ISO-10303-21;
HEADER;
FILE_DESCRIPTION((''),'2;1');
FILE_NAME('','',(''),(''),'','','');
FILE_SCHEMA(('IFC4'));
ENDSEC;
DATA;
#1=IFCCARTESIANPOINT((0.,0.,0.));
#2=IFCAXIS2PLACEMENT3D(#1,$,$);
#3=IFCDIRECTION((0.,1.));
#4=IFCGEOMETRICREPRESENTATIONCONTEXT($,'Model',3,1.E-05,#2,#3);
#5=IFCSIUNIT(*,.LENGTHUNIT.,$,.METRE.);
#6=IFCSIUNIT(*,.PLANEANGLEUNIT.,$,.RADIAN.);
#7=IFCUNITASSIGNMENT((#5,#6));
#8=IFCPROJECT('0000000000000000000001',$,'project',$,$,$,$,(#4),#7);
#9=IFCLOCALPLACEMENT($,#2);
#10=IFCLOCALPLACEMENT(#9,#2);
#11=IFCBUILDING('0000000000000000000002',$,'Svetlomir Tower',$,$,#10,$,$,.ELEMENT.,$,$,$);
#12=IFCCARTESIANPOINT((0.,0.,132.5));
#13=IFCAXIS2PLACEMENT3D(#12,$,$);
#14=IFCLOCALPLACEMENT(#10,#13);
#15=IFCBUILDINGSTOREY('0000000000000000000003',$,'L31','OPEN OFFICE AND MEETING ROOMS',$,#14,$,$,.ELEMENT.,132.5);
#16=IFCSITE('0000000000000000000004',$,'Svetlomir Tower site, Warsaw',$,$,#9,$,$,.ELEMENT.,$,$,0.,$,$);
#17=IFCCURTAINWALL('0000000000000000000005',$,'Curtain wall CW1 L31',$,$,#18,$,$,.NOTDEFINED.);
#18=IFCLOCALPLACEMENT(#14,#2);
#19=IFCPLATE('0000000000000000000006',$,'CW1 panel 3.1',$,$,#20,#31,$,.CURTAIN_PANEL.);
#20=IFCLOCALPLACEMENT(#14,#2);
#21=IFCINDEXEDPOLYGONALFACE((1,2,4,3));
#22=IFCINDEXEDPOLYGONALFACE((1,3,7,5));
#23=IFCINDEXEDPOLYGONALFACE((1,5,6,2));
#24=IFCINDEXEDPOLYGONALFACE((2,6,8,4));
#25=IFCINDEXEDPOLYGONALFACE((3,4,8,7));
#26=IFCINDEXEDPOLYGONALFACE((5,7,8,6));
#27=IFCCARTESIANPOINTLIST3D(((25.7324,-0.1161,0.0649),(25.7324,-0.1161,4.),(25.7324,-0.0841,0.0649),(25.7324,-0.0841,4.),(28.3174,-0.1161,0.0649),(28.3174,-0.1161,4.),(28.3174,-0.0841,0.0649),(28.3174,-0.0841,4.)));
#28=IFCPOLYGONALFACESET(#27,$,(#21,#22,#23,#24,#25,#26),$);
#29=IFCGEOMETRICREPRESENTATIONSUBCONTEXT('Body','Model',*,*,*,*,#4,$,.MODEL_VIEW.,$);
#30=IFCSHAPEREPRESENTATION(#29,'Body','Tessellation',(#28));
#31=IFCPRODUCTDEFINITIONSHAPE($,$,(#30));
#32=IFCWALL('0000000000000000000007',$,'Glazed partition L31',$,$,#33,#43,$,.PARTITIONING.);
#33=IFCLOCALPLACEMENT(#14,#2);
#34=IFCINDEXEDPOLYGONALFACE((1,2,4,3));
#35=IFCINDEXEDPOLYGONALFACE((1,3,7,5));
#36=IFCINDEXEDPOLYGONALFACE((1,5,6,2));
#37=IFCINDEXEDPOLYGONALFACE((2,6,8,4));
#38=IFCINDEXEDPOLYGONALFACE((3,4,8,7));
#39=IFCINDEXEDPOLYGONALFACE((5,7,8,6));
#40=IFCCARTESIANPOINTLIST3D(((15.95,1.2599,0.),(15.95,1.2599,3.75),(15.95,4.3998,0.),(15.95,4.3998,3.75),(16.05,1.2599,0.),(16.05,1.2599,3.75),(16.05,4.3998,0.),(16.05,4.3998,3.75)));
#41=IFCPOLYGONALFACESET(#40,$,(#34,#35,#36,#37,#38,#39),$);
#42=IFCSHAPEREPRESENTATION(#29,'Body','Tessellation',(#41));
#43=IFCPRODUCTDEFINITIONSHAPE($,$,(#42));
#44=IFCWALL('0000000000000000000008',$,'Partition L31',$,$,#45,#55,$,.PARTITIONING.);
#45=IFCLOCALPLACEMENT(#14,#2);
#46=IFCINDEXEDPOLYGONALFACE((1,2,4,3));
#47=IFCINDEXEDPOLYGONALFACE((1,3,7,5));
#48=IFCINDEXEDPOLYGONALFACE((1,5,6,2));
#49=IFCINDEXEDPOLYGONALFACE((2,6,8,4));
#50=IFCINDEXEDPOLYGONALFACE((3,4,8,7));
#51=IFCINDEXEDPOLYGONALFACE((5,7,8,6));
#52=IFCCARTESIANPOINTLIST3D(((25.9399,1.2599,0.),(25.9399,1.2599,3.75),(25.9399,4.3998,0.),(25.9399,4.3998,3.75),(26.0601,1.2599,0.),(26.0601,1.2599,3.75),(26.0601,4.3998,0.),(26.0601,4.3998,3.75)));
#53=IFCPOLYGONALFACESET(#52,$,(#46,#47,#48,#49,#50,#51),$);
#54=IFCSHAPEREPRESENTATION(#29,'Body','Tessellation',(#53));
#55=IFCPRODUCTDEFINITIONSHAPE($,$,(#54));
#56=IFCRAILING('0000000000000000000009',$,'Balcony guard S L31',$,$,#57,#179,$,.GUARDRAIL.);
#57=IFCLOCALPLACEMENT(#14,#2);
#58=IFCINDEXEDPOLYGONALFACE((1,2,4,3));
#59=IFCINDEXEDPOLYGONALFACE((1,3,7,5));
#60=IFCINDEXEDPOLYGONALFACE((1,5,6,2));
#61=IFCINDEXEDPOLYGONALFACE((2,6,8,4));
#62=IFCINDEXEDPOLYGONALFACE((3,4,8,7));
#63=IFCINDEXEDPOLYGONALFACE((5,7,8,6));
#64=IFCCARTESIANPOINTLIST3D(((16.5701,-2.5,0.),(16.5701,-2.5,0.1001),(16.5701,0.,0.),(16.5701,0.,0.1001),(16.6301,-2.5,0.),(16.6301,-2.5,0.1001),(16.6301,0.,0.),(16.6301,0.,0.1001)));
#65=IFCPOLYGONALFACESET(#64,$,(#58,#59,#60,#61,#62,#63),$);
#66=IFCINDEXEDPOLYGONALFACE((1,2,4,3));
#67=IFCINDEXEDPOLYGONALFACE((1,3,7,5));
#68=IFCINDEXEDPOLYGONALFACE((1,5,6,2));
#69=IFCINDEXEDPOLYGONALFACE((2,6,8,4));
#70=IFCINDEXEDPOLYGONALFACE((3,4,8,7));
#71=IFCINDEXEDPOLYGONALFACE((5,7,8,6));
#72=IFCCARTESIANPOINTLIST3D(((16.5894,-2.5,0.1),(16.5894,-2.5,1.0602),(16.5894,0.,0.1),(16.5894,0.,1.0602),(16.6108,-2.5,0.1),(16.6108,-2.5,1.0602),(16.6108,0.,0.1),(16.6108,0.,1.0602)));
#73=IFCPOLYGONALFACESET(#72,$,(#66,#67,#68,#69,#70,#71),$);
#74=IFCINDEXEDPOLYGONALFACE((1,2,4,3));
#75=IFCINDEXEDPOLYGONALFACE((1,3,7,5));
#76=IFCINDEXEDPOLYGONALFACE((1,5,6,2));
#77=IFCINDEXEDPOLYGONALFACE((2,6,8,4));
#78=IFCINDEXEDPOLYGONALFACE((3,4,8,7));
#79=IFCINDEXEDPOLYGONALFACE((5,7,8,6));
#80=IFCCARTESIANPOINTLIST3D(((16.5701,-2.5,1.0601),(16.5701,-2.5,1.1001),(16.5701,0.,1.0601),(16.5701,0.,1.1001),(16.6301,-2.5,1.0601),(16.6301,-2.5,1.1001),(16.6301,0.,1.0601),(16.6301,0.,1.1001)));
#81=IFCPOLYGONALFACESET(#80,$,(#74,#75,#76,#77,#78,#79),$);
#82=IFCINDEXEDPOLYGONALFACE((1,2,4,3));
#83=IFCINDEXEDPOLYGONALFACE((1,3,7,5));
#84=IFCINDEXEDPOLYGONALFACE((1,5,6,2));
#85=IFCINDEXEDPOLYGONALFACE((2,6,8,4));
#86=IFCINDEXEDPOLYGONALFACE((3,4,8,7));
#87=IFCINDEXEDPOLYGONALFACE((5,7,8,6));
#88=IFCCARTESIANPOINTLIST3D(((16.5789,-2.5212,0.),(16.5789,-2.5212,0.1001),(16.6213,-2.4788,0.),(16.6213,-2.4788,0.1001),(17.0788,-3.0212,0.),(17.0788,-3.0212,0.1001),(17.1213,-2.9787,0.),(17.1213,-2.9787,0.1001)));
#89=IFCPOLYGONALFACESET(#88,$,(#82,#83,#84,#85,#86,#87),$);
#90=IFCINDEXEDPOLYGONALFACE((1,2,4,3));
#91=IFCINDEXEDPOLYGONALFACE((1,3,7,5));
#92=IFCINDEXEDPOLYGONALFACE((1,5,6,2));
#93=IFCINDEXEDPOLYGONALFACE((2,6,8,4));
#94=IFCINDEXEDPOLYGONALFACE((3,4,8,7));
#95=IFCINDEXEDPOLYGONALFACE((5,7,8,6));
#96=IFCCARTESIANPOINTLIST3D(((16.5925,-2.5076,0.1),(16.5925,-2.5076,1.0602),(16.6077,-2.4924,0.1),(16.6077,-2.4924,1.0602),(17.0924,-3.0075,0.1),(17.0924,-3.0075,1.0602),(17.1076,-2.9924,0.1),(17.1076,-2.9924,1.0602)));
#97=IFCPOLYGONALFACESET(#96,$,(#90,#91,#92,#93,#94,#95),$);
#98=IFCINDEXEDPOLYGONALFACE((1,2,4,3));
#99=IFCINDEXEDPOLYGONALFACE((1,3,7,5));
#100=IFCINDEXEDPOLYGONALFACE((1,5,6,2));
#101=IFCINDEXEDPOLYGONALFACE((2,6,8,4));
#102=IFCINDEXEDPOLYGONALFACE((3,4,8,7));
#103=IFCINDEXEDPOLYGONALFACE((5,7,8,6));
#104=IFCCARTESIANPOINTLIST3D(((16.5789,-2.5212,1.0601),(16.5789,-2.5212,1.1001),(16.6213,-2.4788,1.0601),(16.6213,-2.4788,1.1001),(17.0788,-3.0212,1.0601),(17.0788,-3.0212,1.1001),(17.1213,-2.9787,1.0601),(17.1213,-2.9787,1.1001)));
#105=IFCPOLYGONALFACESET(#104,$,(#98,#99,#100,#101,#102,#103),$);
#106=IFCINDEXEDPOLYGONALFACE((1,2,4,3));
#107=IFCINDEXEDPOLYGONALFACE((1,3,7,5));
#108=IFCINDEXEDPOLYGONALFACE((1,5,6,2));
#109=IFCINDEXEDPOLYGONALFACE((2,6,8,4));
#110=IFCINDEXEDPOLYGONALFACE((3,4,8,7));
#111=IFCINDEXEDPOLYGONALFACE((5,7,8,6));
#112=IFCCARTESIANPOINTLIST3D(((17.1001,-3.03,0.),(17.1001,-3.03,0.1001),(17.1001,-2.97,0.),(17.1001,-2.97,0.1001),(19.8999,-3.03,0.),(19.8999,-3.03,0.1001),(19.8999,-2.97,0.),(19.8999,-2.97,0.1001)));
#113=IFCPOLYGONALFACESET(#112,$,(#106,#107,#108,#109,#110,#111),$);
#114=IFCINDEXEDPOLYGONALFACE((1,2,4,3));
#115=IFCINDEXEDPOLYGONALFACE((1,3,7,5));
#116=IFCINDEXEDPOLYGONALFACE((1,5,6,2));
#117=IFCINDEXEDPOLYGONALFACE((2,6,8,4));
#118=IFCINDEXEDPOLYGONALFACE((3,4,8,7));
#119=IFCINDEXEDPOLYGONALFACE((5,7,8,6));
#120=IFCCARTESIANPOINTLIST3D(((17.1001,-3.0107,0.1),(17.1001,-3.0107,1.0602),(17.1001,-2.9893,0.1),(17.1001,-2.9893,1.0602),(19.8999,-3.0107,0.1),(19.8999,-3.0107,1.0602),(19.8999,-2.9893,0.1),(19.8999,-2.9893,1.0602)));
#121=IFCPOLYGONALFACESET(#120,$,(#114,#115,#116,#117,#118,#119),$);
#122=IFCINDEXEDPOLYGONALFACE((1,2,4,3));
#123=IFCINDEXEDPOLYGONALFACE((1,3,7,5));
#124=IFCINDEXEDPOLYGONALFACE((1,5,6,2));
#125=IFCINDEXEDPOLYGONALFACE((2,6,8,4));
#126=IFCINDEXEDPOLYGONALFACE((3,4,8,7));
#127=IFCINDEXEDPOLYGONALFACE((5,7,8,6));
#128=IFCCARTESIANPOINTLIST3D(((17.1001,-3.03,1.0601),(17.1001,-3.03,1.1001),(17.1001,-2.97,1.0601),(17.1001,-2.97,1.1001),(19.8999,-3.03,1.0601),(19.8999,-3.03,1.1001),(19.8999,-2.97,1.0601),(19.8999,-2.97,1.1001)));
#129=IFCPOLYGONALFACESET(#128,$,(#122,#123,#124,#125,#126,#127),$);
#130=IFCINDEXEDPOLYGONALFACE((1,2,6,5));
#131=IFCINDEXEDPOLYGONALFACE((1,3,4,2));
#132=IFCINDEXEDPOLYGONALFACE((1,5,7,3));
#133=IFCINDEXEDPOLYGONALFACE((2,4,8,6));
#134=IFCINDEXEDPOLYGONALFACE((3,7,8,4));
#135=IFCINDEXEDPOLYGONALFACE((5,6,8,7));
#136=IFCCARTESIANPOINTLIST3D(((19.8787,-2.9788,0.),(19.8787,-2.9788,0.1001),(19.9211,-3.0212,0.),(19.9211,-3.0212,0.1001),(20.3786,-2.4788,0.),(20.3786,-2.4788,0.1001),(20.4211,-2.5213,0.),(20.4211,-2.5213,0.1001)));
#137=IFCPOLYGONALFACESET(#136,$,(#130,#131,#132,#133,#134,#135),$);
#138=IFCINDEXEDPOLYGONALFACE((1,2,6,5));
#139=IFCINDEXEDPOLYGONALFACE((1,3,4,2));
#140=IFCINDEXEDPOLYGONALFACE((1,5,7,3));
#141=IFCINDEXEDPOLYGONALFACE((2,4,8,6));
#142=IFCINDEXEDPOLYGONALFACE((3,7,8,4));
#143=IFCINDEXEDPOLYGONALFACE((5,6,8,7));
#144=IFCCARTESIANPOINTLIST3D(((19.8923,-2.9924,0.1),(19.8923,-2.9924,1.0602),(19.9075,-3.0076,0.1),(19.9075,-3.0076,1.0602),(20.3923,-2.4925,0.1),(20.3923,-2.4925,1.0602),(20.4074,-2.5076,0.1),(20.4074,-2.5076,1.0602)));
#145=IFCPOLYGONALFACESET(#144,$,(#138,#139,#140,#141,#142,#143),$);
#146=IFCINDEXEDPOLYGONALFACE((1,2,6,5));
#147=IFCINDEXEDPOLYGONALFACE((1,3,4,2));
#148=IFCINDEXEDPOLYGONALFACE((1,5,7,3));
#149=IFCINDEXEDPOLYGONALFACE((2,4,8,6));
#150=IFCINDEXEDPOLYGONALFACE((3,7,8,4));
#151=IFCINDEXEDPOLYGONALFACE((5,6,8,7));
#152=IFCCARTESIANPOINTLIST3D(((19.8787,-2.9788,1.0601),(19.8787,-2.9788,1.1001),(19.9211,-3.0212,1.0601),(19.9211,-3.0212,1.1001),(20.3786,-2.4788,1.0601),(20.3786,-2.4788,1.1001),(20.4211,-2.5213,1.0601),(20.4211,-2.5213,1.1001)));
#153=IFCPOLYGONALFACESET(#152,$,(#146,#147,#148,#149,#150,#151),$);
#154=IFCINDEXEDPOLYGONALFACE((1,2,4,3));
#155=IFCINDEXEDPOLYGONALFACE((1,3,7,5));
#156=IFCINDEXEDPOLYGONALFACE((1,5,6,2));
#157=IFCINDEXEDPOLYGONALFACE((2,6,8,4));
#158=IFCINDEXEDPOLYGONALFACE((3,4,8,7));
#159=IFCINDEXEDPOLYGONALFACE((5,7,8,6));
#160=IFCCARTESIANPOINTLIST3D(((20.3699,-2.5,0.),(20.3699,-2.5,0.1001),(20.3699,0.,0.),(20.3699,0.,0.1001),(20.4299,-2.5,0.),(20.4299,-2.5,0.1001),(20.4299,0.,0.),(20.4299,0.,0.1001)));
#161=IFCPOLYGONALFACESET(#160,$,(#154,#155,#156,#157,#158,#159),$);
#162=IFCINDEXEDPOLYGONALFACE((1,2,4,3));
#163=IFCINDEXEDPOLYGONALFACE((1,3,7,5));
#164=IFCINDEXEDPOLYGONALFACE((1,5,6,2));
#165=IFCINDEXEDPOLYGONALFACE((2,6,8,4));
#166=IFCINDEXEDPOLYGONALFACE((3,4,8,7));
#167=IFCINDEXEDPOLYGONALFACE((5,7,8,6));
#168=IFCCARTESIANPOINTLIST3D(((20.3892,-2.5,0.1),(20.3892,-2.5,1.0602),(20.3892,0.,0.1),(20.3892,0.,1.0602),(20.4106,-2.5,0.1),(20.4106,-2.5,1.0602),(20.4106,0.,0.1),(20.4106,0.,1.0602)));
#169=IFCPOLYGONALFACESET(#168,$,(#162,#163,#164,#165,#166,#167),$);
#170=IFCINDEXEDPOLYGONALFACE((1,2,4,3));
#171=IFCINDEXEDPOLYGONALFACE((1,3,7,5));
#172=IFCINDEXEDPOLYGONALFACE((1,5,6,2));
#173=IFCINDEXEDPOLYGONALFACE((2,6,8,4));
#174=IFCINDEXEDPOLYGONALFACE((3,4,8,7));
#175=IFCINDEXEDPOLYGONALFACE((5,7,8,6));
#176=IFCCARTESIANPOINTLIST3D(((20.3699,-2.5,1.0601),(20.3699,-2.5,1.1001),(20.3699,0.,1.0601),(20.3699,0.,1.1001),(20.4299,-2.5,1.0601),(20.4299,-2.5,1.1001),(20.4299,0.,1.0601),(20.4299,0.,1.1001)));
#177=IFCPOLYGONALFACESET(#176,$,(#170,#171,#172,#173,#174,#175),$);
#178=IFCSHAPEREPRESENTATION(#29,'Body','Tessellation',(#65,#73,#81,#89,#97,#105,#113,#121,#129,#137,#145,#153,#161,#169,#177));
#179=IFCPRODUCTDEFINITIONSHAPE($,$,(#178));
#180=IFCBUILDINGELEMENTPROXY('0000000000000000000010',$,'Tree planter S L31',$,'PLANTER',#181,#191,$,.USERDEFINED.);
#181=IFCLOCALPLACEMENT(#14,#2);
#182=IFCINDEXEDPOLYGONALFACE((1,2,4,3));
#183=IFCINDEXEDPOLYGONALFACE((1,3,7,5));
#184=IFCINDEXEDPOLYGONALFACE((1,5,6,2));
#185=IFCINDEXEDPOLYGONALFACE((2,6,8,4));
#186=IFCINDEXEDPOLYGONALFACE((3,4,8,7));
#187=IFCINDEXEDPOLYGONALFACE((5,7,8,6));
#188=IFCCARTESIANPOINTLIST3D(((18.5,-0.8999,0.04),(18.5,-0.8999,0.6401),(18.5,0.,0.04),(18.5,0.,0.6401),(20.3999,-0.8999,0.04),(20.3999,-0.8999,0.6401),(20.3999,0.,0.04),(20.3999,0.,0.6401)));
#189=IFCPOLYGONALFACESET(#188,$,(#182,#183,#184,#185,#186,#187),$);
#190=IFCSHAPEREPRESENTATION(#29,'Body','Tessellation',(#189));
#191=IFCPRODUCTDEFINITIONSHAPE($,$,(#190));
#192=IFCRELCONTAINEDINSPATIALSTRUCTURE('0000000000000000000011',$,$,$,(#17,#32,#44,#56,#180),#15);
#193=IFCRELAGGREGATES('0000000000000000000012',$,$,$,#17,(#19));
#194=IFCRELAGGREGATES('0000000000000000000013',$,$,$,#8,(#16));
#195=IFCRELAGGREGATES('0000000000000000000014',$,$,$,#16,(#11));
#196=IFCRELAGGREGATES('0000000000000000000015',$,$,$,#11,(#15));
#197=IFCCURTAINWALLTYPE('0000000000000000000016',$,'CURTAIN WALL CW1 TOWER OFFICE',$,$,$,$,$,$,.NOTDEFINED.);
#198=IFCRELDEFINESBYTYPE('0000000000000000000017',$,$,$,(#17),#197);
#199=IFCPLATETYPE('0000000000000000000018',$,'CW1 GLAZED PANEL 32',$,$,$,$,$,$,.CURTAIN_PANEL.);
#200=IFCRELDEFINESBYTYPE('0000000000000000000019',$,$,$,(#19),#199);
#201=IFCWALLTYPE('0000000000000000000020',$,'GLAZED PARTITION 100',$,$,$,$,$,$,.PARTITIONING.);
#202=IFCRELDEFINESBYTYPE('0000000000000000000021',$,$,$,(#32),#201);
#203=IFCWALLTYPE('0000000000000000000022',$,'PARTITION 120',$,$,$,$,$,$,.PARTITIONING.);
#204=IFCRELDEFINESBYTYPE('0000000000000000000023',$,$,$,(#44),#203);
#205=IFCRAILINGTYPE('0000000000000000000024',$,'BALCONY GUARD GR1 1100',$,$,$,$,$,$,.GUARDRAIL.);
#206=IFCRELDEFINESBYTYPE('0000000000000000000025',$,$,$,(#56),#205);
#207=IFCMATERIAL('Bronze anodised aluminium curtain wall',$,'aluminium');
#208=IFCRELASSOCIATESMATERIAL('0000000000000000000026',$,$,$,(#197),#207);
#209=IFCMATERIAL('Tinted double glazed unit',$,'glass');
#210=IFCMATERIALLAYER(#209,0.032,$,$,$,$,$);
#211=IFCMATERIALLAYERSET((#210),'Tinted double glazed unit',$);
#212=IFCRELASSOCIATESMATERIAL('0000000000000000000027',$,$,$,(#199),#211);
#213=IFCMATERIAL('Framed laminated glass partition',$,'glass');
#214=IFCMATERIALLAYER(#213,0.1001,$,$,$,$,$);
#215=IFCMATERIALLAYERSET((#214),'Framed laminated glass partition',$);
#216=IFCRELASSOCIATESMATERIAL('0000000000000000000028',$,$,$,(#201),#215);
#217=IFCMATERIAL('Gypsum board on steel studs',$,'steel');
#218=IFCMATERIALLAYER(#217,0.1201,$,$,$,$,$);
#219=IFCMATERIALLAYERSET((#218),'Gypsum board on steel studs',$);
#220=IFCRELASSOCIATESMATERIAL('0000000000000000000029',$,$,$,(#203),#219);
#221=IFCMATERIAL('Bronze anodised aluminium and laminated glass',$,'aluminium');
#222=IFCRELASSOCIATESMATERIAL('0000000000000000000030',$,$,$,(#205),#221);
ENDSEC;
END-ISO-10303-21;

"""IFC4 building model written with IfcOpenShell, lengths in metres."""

from ifc_helpers import new_model, si_unit, direction, frame, frame_2d, origin, origin_2d, place, context, subcontext, project, spatial, rectangle, extrude, material, layer, layer_set, type_object, element, aggregate, save


model = new_model("IFC4")

# Units and contexts
model_context = context("Model", 3, precision=1e-05, world=origin(), true_north=direction((0.0, 1.0)))
body_context = subcontext(model_context, "Body", "Model", "MODEL_VIEW")
ifc_project = project(units=[si_unit("LENGTHUNIT", "METRE"), si_unit("PLANEANGLEUNIT", "RADIAN")], contexts=[model_context])

# Site, building, storey
site_placement = place(None, origin())
site = spatial("IfcSite", under=ifc_project, at=site_placement, Name="Svetlomir Tower site, Warsaw", CompositionType="ELEMENT", RefElevation=0.0)
building_placement = place(site_placement, origin())
building = spatial("IfcBuilding", under=site, at=building_placement, Name="Svetlomir Tower", CompositionType="ELEMENT")
storey_placement = place(building_placement, frame((0.0, 0.0, 132.5)))
storey = spatial("IfcBuildingStorey", under=building, at=storey_placement, Name="L31", Description="OPEN OFFICE AND MEETING ROOMS", CompositionType="ELEMENT", Elevation=132.5)

# Curtain wall
ifc_material_1 = material(Name="Bronze anodised aluminium curtain wall", Category="aluminium")
curtain_wall_type = type_object("IfcCurtainWallType", Name="CURTAIN WALL CW1 TOWER OFFICE", PredefinedType="NOTDEFINED", material=ifc_material_1)
curtain_wall_1_placement = place(storey_placement, origin())
curtain_wall_1 = element("IfcCurtainWall", 1, at=curtain_wall_1_placement, inside=storey, type_object=curtain_wall_type, Name="Curtain wall CW1 L31", PredefinedType="NOTDEFINED")

# Plate
ifc_material_2 = material(Name="Tinted double glazed unit", Category="glass")
ifc_layer_1 = layer(ifc_material_2, 0.032)
ifc_layer_set_1 = layer_set([ifc_layer_1], Name="Tinted double glazed unit")
plate_type = type_object("IfcPlateType", Name="CW1 GLAZED PANEL 32", PredefinedType="CURTAIN_PANEL", material=ifc_layer_set_1)
plate_1_placement = place(storey_placement, frame((27.0249, -0.1001, 0.0649), z_axis=(0.0, 0.0, 1.0), x_axis=(1.0, 0.0, 0.0)))
plate_1 = element("IfcPlate", 2, at=plate_1_placement, type_object=plate_type, Name="CW1 panel 3.1", PredefinedType="CURTAIN_PANEL", context=body_context, shape_type="SweptSolid", body=[
    extrude(rectangle(XDim=2.585, YDim=0.032, at=origin_2d()), origin(), (0.0, 0.0, 1.0), 3.9351),
])
aggregate(curtain_wall_1, [plate_1])

# Walls
ifc_material_3 = material(Name="Framed laminated glass partition", Category="glass")
ifc_layer_2 = layer(ifc_material_3, 0.1001)
ifc_layer_set_2 = layer_set([ifc_layer_2], Name="Framed laminated glass partition")
wall_type_1 = type_object("IfcWallType", Name="GLAZED PARTITION 100", PredefinedType="PARTITIONING", material=ifc_layer_set_2)
wall_1_placement = place(storey_placement, frame((16.0, 1.26, 0.0), z_axis=(0.0, 0.0, 1.0), x_axis=(0.0, 1.0, 0.0)))
element("IfcWall", 3, at=wall_1_placement, inside=storey, type_object=wall_type_1, Name="Glazed partition L31", PredefinedType="PARTITIONING", context=body_context, shape_type="SweptSolid", body=[
    extrude(rectangle(XDim=3.1399, YDim=0.1001, at=frame_2d((1.5698, 0.0))), origin(), (0.0, 0.0, 1.0), 3.75),
])
ifc_material_4 = material(Name="Gypsum board on steel studs", Category="steel")
ifc_layer_3 = layer(ifc_material_4, 0.1201)
ifc_layer_set_3 = layer_set([ifc_layer_3], Name="Gypsum board on steel studs")
wall_type_2 = type_object("IfcWallType", Name="PARTITION 120", PredefinedType="PARTITIONING", material=ifc_layer_set_3)
wall_2_placement = place(storey_placement, frame((26.0, 1.26, 0.0), z_axis=(0.0, 0.0, 1.0), x_axis=(0.0, 1.0, 0.0)))
element("IfcWall", 4, at=wall_2_placement, inside=storey, type_object=wall_type_2, Name="Partition L31", PredefinedType="PARTITIONING", context=body_context, shape_type="SweptSolid", body=[
    extrude(rectangle(XDim=3.1399, YDim=0.1201, at=frame_2d((1.5698, 0.0))), origin(), (0.0, 0.0, 1.0), 3.75),
])

# Railing
ifc_material_5 = material(Name="Bronze anodised aluminium and laminated glass", Category="aluminium")
railing_type = type_object("IfcRailingType", Name="BALCONY GUARD GR1 1100", PredefinedType="GUARDRAIL", material=ifc_material_5)
railing_placement = place(storey_placement, frame((16.6001, 0.0, 0.0)))
element("IfcRailing", 5, at=railing_placement, inside=storey, type_object=railing_type, Name="Balcony guard S L31", PredefinedType="GUARDRAIL", context=body_context, shape_type="SweptSolid", body=[
    extrude(rectangle(XDim=0.0601, YDim=0.1001, at=origin_2d()), frame((0.0, 0.0, 0.05), z_axis=(0.0, -1.0, 0.0), x_axis=(1.0, 0.0, 0.0)), (0.0, 0.0, 1.0), 2.5),
    extrude(rectangle(XDim=0.0215, YDim=0.9602, at=origin_2d()), frame((0.0, 0.0, 0.5801), z_axis=(0.0, -1.0, 0.0), x_axis=(1.0, 0.0, 0.0)), (0.0, 0.0, 1.0), 2.5),
    extrude(rectangle(XDim=0.0601, YDim=0.04, at=origin_2d()), frame((0.0, 0.0, 1.0801), z_axis=(0.0, -1.0, 0.0), x_axis=(1.0, 0.0, 0.0)), (0.0, 0.0, 1.0), 2.5),
    extrude(rectangle(XDim=0.0601, YDim=0.1001, at=origin_2d()), frame((0.0, -2.5, 0.05), z_axis=(0.707107, -0.707107, 0.0), x_axis=(0.707107, 0.707107, 0.0)), (0.0, 0.0, 1.0), 0.707),
    extrude(rectangle(XDim=0.0215, YDim=0.9602, at=origin_2d()), frame((0.0, -2.5, 0.5801), z_axis=(0.707107, -0.707107, 0.0), x_axis=(0.707107, 0.707107, 0.0)), (0.0, 0.0, 1.0), 0.707),
    extrude(rectangle(XDim=0.0601, YDim=0.04, at=origin_2d()), frame((0.0, -2.5, 1.0801), z_axis=(0.707107, -0.707107, 0.0), x_axis=(0.707107, 0.707107, 0.0)), (0.0, 0.0, 1.0), 0.707),
    extrude(rectangle(XDim=0.0601, YDim=0.1001, at=origin_2d()), frame((0.5, -3.0, 0.05), z_axis=(1.0, 0.0, 0.0), x_axis=(0.0, 1.0, 0.0)), (0.0, 0.0, 1.0), 2.7998),
    extrude(rectangle(XDim=0.0215, YDim=0.9602, at=origin_2d()), frame((0.5, -3.0, 0.5801), z_axis=(1.0, 0.0, 0.0), x_axis=(0.0, 1.0, 0.0)), (0.0, 0.0, 1.0), 2.7998),
    extrude(rectangle(XDim=0.0601, YDim=0.04, at=origin_2d()), frame((0.5, -3.0, 1.0801), z_axis=(1.0, 0.0, 0.0), x_axis=(0.0, 1.0, 0.0)), (0.0, 0.0, 1.0), 2.7998),
    extrude(rectangle(XDim=0.0601, YDim=0.1001, at=origin_2d()), frame((3.2998, -3.0, 0.05), z_axis=(0.707107, 0.707107, 0.0), x_axis=(-0.707107, 0.707107, 0.0)), (0.0, 0.0, 1.0), 0.707),
    extrude(rectangle(XDim=0.0215, YDim=0.9602, at=origin_2d()), frame((3.2998, -3.0, 0.5801), z_axis=(0.707107, 0.707107, 0.0), x_axis=(-0.707107, 0.707107, 0.0)), (0.0, 0.0, 1.0), 0.707),
    extrude(rectangle(XDim=0.0601, YDim=0.04, at=origin_2d()), frame((3.2998, -3.0, 1.0801), z_axis=(0.707107, 0.707107, 0.0), x_axis=(-0.707107, 0.707107, 0.0)), (0.0, 0.0, 1.0), 0.707),
    extrude(rectangle(XDim=0.0601, YDim=0.1001, at=origin_2d()), frame((3.7998, -2.5, 0.05), z_axis=(0.0, 1.0, 0.0), x_axis=(-1.0, 0.0, 0.0)), (0.0, 0.0, 1.0), 2.5),
    extrude(rectangle(XDim=0.0215, YDim=0.9602, at=origin_2d()), frame((3.7998, -2.5, 0.5801), z_axis=(0.0, 1.0, 0.0), x_axis=(-1.0, 0.0, 0.0)), (0.0, 0.0, 1.0), 2.5),
    extrude(rectangle(XDim=0.0601, YDim=0.04, at=origin_2d()), frame((3.7998, -2.5, 1.0801), z_axis=(0.0, 1.0, 0.0), x_axis=(-1.0, 0.0, 0.0)), (0.0, 0.0, 1.0), 2.5),
])

# Building element proxy
proxy_placement = place(storey_placement, frame((19.45, -0.45, 0.04), z_axis=(0.0, 0.0, 1.0), x_axis=(1.0, 0.0, 0.0)))
element("IfcBuildingElementProxy", 6, at=proxy_placement, inside=storey, Name="Tree planter S L31", ObjectType="PLANTER", PredefinedType="USERDEFINED", context=body_context, shape_type="SweptSolid", body=[
    extrude(rectangle(XDim=1.8999, YDim=0.8999, at=origin_2d()), origin(), (0.0, 0.0, 1.0), 0.6001),
])

save(model, "model.ifc")
